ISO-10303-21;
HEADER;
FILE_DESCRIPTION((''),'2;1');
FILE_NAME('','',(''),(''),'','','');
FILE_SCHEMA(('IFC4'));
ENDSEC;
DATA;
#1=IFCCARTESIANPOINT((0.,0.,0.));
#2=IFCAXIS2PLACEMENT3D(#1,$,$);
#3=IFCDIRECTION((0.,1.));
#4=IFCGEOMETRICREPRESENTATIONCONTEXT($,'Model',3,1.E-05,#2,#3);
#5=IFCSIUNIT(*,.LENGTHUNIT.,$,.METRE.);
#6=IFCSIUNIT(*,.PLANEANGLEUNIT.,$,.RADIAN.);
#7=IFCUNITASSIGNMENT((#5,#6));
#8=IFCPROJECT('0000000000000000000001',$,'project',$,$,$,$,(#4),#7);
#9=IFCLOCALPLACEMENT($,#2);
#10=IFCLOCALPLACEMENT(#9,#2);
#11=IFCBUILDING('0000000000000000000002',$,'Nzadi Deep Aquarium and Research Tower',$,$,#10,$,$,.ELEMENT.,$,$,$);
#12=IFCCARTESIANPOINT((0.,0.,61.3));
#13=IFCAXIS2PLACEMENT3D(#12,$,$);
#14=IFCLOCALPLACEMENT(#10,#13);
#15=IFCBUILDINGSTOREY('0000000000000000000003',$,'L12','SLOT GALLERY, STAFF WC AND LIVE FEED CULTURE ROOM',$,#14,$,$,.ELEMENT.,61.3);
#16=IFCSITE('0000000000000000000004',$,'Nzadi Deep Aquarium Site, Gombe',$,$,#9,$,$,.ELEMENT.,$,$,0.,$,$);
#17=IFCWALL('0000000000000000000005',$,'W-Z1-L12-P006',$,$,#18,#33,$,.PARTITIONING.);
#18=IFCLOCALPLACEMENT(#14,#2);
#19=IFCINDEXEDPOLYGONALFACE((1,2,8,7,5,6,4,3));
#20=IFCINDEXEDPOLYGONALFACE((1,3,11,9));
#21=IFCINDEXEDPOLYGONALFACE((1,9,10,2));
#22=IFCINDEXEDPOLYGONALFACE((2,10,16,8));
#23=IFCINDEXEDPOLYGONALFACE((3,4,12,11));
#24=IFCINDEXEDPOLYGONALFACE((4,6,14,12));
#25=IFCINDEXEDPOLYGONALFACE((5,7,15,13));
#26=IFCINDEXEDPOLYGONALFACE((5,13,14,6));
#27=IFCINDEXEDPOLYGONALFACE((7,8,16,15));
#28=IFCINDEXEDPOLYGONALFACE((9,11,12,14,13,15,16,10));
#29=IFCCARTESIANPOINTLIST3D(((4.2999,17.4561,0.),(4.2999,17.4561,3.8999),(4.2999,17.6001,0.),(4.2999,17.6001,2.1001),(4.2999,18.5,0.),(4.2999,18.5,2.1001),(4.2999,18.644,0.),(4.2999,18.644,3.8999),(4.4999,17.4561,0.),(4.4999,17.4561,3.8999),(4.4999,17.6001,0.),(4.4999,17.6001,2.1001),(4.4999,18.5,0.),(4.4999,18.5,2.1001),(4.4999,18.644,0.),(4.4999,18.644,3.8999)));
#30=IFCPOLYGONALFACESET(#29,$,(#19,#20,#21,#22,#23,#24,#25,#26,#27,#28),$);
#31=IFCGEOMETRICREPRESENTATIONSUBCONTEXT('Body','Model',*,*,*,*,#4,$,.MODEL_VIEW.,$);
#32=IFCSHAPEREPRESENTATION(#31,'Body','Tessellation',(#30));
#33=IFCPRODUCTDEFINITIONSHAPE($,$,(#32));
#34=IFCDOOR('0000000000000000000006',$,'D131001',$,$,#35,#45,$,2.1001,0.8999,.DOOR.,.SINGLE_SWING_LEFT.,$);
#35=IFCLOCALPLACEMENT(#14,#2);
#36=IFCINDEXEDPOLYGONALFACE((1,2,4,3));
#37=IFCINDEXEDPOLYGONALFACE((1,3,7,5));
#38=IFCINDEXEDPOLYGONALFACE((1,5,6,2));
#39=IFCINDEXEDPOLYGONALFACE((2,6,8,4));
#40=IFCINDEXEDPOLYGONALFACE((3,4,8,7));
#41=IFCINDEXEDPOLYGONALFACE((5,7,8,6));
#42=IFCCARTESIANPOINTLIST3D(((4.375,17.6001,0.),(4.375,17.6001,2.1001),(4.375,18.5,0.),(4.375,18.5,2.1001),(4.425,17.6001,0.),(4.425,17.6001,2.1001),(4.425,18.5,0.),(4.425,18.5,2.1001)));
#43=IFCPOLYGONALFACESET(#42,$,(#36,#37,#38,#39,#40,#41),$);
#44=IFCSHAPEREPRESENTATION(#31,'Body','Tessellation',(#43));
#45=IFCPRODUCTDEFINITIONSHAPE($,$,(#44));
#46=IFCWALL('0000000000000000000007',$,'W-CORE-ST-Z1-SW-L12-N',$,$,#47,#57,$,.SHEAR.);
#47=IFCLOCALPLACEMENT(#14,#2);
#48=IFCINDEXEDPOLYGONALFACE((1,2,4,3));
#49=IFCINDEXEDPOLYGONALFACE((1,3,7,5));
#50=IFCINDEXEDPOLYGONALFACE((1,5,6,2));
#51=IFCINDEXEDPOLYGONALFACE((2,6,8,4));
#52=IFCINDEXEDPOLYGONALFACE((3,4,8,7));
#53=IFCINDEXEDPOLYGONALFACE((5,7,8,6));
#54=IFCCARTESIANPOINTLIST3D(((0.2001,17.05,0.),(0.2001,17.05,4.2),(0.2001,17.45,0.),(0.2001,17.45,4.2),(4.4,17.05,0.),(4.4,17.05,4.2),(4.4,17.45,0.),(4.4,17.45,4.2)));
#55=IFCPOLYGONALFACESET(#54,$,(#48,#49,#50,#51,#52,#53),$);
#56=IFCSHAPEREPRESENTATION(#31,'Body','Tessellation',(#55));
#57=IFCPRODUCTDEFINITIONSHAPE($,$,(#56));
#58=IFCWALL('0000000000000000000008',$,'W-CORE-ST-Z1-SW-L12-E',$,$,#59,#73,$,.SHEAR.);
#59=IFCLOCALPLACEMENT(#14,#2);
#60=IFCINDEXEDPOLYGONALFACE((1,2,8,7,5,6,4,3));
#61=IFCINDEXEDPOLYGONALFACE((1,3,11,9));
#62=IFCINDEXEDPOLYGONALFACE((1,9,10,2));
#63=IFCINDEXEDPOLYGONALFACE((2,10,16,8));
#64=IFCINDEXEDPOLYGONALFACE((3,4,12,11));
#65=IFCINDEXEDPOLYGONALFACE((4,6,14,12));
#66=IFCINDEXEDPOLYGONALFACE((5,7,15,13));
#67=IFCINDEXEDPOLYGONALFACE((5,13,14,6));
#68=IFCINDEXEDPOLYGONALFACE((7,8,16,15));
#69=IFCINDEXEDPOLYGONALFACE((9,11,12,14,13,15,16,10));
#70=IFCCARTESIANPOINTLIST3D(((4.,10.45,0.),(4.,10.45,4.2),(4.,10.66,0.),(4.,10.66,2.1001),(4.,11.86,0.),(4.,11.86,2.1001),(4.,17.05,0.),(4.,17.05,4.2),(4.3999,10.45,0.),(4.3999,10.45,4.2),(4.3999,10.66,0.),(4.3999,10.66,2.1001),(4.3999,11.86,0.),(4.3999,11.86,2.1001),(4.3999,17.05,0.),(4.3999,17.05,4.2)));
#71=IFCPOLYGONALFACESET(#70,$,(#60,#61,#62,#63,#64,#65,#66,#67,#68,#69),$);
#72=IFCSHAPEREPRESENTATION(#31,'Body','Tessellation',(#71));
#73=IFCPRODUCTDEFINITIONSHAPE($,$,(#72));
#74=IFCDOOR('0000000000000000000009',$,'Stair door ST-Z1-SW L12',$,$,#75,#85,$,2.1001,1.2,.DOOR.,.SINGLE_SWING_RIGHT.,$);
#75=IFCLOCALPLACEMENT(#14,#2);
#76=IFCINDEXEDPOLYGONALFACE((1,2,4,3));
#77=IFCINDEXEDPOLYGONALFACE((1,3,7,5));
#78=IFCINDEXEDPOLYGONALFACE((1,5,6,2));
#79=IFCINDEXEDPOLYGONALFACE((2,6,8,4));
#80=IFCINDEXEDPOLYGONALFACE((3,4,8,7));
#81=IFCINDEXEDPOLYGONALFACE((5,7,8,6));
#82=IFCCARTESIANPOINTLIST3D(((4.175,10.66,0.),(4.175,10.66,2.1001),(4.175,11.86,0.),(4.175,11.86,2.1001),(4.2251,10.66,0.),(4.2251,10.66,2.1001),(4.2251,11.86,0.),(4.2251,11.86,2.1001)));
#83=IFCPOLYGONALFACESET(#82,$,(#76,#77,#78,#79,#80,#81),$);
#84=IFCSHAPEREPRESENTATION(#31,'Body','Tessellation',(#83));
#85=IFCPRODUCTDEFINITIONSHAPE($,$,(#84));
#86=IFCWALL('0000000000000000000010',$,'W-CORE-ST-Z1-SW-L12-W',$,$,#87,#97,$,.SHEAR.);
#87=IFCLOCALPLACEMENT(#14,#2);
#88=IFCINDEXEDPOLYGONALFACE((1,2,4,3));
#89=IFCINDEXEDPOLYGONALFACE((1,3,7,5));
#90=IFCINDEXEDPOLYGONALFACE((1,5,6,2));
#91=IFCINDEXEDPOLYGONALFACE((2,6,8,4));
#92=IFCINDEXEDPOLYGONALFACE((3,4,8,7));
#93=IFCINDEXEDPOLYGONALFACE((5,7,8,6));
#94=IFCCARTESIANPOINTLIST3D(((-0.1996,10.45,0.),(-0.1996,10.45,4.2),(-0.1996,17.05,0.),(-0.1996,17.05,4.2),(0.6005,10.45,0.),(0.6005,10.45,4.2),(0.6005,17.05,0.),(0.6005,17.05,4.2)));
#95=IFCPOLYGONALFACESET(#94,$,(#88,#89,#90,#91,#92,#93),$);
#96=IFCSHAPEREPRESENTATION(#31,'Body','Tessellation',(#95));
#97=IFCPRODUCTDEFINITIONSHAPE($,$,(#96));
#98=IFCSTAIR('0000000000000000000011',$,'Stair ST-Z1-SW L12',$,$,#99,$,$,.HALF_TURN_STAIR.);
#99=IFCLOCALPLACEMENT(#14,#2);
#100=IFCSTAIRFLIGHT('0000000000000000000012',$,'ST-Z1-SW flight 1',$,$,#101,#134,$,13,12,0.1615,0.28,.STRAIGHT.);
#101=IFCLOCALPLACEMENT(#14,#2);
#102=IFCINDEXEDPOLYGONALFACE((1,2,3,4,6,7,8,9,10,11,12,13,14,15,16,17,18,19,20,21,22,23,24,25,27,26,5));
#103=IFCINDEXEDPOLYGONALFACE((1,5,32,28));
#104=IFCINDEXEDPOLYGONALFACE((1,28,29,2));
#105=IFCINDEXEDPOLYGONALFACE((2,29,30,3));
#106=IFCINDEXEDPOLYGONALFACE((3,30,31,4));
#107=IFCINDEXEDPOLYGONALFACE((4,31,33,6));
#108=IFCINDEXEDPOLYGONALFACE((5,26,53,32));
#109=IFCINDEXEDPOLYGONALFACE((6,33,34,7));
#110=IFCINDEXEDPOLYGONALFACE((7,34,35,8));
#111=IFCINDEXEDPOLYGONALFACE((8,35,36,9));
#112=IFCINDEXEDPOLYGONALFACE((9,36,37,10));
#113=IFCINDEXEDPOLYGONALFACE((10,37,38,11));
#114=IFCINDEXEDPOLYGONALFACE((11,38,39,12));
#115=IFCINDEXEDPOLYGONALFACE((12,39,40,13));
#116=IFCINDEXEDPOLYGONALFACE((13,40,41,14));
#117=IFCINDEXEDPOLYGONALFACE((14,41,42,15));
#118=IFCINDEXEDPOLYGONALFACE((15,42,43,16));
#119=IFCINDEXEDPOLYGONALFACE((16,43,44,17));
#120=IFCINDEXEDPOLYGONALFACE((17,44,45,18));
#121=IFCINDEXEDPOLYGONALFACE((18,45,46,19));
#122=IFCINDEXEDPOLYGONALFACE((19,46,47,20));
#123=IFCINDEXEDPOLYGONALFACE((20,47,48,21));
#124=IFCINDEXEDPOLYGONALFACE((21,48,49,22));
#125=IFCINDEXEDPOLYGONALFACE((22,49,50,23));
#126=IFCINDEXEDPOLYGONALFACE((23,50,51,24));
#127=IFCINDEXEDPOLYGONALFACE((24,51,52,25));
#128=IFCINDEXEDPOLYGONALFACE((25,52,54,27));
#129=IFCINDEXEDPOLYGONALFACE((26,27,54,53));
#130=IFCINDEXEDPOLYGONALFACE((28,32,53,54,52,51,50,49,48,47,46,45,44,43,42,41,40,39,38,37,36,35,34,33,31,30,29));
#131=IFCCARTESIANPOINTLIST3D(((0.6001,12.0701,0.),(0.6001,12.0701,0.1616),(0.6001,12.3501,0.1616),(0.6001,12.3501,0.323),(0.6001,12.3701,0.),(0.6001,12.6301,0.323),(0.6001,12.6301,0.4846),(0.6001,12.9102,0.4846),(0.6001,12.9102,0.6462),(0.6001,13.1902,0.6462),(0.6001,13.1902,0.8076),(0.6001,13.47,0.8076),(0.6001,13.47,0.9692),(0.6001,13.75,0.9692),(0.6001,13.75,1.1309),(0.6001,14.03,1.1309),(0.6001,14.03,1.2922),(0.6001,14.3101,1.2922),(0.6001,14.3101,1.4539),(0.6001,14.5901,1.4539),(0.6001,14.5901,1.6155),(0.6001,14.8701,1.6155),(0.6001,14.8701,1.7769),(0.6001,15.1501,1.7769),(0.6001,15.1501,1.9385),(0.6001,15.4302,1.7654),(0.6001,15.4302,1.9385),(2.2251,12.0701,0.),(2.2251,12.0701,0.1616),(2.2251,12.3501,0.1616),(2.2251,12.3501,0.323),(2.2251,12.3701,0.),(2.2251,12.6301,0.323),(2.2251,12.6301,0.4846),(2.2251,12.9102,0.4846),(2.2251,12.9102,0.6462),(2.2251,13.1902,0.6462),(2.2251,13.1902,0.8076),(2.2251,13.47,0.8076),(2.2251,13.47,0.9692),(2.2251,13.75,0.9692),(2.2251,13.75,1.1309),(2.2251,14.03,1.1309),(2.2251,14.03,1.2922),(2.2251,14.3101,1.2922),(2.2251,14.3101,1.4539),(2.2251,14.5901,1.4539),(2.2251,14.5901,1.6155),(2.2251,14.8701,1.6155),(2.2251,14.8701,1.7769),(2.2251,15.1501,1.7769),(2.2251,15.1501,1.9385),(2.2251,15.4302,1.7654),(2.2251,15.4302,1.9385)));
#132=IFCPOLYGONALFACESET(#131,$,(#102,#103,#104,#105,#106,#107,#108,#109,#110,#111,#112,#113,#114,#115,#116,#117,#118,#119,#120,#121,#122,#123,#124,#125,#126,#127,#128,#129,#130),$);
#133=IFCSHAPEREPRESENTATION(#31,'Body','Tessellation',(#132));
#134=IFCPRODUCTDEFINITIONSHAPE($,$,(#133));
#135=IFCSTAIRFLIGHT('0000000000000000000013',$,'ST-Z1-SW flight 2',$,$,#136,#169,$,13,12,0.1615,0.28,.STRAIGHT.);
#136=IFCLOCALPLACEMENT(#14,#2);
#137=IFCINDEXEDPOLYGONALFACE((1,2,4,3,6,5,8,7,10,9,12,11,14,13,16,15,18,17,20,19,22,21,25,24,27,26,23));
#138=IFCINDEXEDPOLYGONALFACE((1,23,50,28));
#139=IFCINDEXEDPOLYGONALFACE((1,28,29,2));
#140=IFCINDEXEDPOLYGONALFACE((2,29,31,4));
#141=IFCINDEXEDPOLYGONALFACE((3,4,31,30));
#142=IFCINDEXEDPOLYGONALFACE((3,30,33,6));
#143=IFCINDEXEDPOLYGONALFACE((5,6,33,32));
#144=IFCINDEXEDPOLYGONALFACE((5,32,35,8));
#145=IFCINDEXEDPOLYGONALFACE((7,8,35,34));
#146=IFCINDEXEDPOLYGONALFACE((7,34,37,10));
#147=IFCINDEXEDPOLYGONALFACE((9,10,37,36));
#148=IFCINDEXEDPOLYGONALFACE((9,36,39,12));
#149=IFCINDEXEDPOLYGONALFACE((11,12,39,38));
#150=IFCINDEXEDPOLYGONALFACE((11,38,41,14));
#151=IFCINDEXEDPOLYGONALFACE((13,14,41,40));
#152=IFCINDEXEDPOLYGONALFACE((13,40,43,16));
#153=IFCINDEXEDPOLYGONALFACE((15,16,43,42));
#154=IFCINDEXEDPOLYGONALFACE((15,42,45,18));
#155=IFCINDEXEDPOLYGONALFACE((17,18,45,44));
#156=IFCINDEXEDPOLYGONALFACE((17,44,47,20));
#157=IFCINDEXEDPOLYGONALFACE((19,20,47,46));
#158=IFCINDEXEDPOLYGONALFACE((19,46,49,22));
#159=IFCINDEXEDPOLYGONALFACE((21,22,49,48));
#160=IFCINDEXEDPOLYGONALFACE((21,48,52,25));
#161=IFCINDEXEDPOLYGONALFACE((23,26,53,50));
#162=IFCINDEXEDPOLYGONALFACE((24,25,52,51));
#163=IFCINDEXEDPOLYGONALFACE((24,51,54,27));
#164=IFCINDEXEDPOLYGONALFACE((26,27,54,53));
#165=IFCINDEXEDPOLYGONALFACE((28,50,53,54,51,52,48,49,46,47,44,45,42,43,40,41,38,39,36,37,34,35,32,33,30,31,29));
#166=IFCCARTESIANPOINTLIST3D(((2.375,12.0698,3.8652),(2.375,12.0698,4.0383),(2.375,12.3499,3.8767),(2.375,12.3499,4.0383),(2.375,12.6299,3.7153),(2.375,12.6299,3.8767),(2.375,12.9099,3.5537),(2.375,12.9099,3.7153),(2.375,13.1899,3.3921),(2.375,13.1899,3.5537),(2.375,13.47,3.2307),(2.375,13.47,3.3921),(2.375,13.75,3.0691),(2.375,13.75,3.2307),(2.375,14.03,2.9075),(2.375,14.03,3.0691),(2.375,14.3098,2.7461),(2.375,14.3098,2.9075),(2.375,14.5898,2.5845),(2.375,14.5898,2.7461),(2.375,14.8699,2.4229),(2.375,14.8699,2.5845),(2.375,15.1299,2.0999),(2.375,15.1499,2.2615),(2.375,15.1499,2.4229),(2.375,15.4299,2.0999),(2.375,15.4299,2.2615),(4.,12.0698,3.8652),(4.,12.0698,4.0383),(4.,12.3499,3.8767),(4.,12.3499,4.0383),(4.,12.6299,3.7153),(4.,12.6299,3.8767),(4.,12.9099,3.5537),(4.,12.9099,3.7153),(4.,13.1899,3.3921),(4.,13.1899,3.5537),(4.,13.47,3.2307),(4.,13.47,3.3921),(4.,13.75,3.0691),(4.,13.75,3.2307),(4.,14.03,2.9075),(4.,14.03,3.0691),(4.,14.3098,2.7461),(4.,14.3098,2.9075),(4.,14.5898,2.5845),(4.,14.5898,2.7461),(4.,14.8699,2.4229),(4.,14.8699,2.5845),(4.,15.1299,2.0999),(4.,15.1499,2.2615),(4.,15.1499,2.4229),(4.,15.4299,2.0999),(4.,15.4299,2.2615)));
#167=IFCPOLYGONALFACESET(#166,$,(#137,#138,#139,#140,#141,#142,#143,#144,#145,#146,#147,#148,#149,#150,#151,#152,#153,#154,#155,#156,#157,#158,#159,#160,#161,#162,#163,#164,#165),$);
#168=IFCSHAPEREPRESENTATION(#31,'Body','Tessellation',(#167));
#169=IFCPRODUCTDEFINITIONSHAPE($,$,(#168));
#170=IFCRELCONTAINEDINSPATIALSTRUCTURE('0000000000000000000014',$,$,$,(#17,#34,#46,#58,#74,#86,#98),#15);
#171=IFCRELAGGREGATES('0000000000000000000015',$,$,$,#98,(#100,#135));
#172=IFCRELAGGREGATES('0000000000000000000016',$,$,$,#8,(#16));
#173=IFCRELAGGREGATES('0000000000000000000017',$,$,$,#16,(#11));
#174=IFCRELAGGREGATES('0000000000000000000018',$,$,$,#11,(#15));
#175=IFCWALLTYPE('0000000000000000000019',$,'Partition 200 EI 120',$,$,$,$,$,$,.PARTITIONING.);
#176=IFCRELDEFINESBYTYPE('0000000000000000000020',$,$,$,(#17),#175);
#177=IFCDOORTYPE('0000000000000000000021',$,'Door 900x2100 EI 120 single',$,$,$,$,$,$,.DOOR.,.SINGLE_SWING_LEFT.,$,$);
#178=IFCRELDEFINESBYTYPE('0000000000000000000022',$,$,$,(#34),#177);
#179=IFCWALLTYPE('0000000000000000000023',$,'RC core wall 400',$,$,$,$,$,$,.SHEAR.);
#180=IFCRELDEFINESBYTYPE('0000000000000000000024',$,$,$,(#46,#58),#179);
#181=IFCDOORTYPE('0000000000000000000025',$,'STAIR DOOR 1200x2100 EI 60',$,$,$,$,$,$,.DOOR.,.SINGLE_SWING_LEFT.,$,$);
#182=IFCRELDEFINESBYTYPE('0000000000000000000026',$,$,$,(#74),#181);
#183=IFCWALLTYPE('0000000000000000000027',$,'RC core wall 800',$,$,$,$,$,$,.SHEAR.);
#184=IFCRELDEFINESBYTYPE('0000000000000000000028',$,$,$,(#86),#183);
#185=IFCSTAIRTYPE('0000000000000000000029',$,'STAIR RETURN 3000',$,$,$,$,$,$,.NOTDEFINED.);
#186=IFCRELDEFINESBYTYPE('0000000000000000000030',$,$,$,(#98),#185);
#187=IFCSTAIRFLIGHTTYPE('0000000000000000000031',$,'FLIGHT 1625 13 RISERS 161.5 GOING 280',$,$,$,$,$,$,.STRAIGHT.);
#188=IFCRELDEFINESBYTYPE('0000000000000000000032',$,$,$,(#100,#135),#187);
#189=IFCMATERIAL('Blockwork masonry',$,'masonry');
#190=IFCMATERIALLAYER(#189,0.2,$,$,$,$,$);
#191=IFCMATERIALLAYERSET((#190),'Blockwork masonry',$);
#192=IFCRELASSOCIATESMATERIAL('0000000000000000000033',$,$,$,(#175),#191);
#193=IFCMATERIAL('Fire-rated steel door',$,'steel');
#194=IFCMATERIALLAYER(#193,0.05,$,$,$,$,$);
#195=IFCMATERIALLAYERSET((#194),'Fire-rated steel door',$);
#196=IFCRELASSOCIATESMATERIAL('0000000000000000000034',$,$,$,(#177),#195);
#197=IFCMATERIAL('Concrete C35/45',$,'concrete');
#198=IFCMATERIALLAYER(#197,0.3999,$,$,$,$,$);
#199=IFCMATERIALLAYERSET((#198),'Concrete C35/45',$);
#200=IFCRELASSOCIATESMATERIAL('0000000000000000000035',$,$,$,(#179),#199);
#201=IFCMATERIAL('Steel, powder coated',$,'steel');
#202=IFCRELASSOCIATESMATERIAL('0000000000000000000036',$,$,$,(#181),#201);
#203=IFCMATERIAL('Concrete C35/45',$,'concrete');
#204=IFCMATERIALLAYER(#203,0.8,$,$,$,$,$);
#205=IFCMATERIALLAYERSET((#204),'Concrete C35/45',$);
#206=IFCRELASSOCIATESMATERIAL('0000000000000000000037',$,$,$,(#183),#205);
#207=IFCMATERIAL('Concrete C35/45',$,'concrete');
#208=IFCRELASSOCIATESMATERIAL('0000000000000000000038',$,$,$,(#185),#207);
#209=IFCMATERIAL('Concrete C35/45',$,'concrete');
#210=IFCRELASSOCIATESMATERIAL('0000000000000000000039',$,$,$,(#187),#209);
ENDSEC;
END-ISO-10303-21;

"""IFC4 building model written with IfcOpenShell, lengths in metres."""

from ifc_helpers import new_model, si_unit, direction, frame, frame_2d, origin, place, context, subcontext, project, spatial, polyline, rectangle, outline, extrude, material, layer, layer_set, type_object, element, fill, aggregate, save


model = new_model("IFC4")

# Units and contexts
model_context = context("Model", 3, precision=1e-05, world=origin(), true_north=direction((0.0, 1.0)))
body_context = subcontext(model_context, "Body", "Model", "MODEL_VIEW")
ifc_project = project(units=[si_unit("LENGTHUNIT", "METRE"), si_unit("PLANEANGLEUNIT", "RADIAN")], contexts=[model_context])

# Site, building, storey
site_placement = place(None, origin())
site = spatial("IfcSite", under=ifc_project, at=site_placement, Name="Nzadi Deep Aquarium Site, Gombe", CompositionType="ELEMENT", RefElevation=0.0)
building_placement = place(site_placement, origin())
building = spatial("IfcBuilding", under=site, at=building_placement, Name="Nzadi Deep Aquarium and Research Tower", CompositionType="ELEMENT")
storey_placement = place(building_placement, frame((0.0, 0.0, 61.3)))
storey = spatial("IfcBuildingStorey", under=building, at=storey_placement, Name="L12", Description="SLOT GALLERY, STAFF WC AND LIVE FEED CULTURE ROOM", CompositionType="ELEMENT", Elevation=61.3)

# Wall, opening, door
ifc_material_1 = material(Name="Blockwork masonry", Category="masonry")
ifc_layer_1 = layer(ifc_material_1, 0.2)
ifc_layer_set_1 = layer_set([ifc_layer_1], Name="Blockwork masonry")
wall_type_1 = type_object("IfcWallType", Name="Partition 200 EI 120", PredefinedType="PARTITIONING", material=ifc_layer_set_1)
wall_1_placement = place(storey_placement, frame((4.3999, 17.4561, 0.0), z_axis=(0.0, 0.0, 1.0), x_axis=(0.0, 1.0, 0.0)))
wall_1 = element("IfcWall", 1, at=wall_1_placement, inside=storey, type_object=wall_type_1, Name="W-Z1-L12-P006", PredefinedType="PARTITIONING", context=body_context, shape_type="SweptSolid", body=[
    extrude(rectangle(XDim=1.188, YDim=0.2, at=frame_2d((0.594, 0.0))), origin(), (0.0, 0.0, 1.0), 3.8999),
])
opening_1_placement = place(wall_1_placement, frame((0.144, 0.0, 0.0)))
opening_1 = element("IfcOpeningElement", 2, at=opening_1_placement, cuts=wall_1, PredefinedType="OPENING", context=body_context, shape_type="SweptSolid", body=[
    extrude(rectangle(XDim=0.8999, YDim=2.1001, at=frame_2d((0.45, 1.05))), frame((0.0, 0.1101, 0.0), z_axis=(0.0, -1.0, 0.0), x_axis=(1.0, 0.0, 0.0)), (0.0, 0.0, 1.0), 0.2202),
])
ifc_material_2 = material(Name="Fire-rated steel door", Category="steel")
ifc_layer_2 = layer(ifc_material_2, 0.05)
ifc_layer_set_2 = layer_set([ifc_layer_2], Name="Fire-rated steel door")
door_type_1 = type_object("IfcDoorType", Name="Door 900x2100 EI 120 single", OperationType="SINGLE_SWING_LEFT", PredefinedType="DOOR", material=ifc_layer_set_2)
door_1_placement = place(opening_1_placement, origin())
door_1 = element("IfcDoor", 3, at=door_1_placement, inside=storey, type_object=door_type_1, Name="D131001", OperationType="SINGLE_SWING_LEFT", OverallHeight=2.1001, OverallWidth=0.8999, PredefinedType="DOOR", context=body_context, shape_type="SweptSolid", body=[
    extrude(rectangle(XDim=0.8999, YDim=2.1001, at=frame_2d((0.45, 1.05))), frame((0.0, 0.0249, 0.0), z_axis=(0.0, -1.0, 0.0), x_axis=(1.0, 0.0, 0.0)), (0.0, 0.0, 1.0), 0.05),
])
fill(opening_1, door_1)

# Wall
ifc_material_3 = material(Name="Concrete C35/45", Category="concrete")
ifc_layer_3 = layer(ifc_material_3, 0.3999)
ifc_layer_set_3 = layer_set([ifc_layer_3], Name="Concrete C35/45")
wall_type_2 = type_object("IfcWallType", Name="RC core wall 400", PredefinedType="SHEAR", material=ifc_layer_set_3)
wall_2_placement = place(storey_placement, frame((0.2, 17.25, 0.0), z_axis=(0.0, 0.0, 1.0), x_axis=(1.0, 0.0, 0.0)))
element("IfcWall", 4, at=wall_2_placement, inside=storey, type_object=wall_type_2, Name="W-CORE-ST-Z1-SW-L12-N", PredefinedType="SHEAR", context=body_context, shape_type="SweptSolid", body=[
    extrude(rectangle(XDim=4.2, YDim=0.3999, at=frame_2d((2.1001, 0.0))), origin(), (0.0, 0.0, 1.0), 4.2),
])

# Wall, opening, door
wall_3_placement = place(storey_placement, frame((4.2, 10.45, 0.0), z_axis=(0.0, 0.0, 1.0), x_axis=(0.0, 1.0, 0.0)))
wall_3 = element("IfcWall", 5, at=wall_3_placement, inside=storey, type_object=wall_type_2, Name="W-CORE-ST-Z1-SW-L12-E", PredefinedType="SHEAR", context=body_context, shape_type="SweptSolid", body=[
    extrude(rectangle(XDim=6.6001, YDim=0.3999, at=frame_2d((3.3, 0.0))), origin(), (0.0, 0.0, 1.0), 4.2),
])
opening_2_placement = place(wall_3_placement, frame((0.21, 0.0, 0.0)))
opening_2 = element("IfcOpeningElement", 6, at=opening_2_placement, cuts=wall_3, PredefinedType="OPENING", context=body_context, shape_type="SweptSolid", body=[
    extrude(rectangle(XDim=1.2, YDim=2.1001, at=frame_2d((0.6001, 1.05))), frame((0.0, 0.21, 0.0), z_axis=(0.0, -1.0, 0.0), x_axis=(1.0, 0.0, 0.0)), (0.0, 0.0, 1.0), 0.4199),
])
ifc_material_4 = material(Name="Steel, powder coated", Category="steel")
door_type_2 = type_object("IfcDoorType", Name="STAIR DOOR 1200x2100 EI 60", OperationType="SINGLE_SWING_LEFT", PredefinedType="DOOR", material=ifc_material_4)
door_2_placement = place(opening_2_placement, origin())
door_2 = element("IfcDoor", 7, at=door_2_placement, inside=storey, type_object=door_type_2, Name="Stair door ST-Z1-SW L12", OperationType="SINGLE_SWING_RIGHT", OverallHeight=2.1001, OverallWidth=1.2, PredefinedType="DOOR", context=body_context, shape_type="SweptSolid", body=[
    extrude(rectangle(XDim=1.2, YDim=2.1001, at=frame_2d((0.6001, 1.05))), frame((0.0, 0.0249, 0.0), z_axis=(0.0, -1.0, 0.0), x_axis=(1.0, 0.0, 0.0)), (0.0, 0.0, 1.0), 0.05),
])
fill(opening_2, door_2)

# Wall
ifc_material_5 = material(Name="Concrete C35/45", Category="concrete")
ifc_layer_4 = layer(ifc_material_5, 0.8)
ifc_layer_set_4 = layer_set([ifc_layer_4], Name="Concrete C35/45")
wall_type_3 = type_object("IfcWallType", Name="RC core wall 800", PredefinedType="SHEAR", material=ifc_layer_set_4)
wall_4_placement = place(storey_placement, frame((0.2004, 10.45, 0.0), z_axis=(0.0, 0.0, 1.0), x_axis=(0.0, 1.0, 0.0)))
element("IfcWall", 8, at=wall_4_placement, inside=storey, type_object=wall_type_3, Name="W-CORE-ST-Z1-SW-L12-W", PredefinedType="SHEAR", context=body_context, shape_type="SweptSolid", body=[
    extrude(rectangle(XDim=6.6001, YDim=0.8, at=frame_2d((3.3, 0.0))), origin(), (0.0, 0.0, 1.0), 4.2),
])

# Stair, stair flights
ifc_material_6 = material(Name="Concrete C35/45", Category="concrete")
stair_type = type_object("IfcStairType", Name="STAIR RETURN 3000", PredefinedType="NOTDEFINED", material=ifc_material_6)
stair_placement = place(storey_placement, origin())
stair = element("IfcStair", 9, at=stair_placement, inside=storey, type_object=stair_type, Name="Stair ST-Z1-SW L12", PredefinedType="HALF_TURN_STAIR")
ifc_material_7 = material(Name="Concrete C35/45", Category="concrete")
stair_flight_type = type_object("IfcStairFlightType", Name="FLIGHT 1625 13 RISERS 161.5 GOING 280", PredefinedType="STRAIGHT", material=ifc_material_7)
stair_flight_1_placement = place(storey_placement, frame((1.4126, 12.0701, 0.0), z_axis=(0.0, 0.0, 1.0), x_axis=(0.0, 1.0, 0.0)))
stair_flight_1 = element("IfcStairFlight", 10, at=stair_flight_1_placement, type_object=stair_flight_type, Name="ST-Z1-SW flight 1", NumberOfRisers=13, NumberOfTreads=12, PredefinedType="STRAIGHT", RiserHeight=0.1615, TreadLength=0.28, context=body_context, shape_type="SweptSolid", body=[
    extrude(outline(polyline([(0.0, 0.0), (0.0, 0.1616), (0.28, 0.1616), (0.28, 0.323), (0.5601, 0.323), (0.5601, 0.4846), (0.8401, 0.4846), (0.8401, 0.6462), (1.1201, 0.6462), (1.1201, 0.8076), (1.3999, 0.8076), (1.3999, 0.9692), (1.6799, 0.9692), (1.6799, 1.1309), (1.96, 1.1309), (1.96, 1.2922), (2.24, 1.2922), (2.24, 1.4539), (2.52, 1.4539), (2.52, 1.6155), (2.8, 1.6155), (2.8, 1.7769), (3.0801, 1.7769), (3.0801, 1.9385), (3.3601, 1.9385), (3.3601, 2.1001), (3.3601, 1.7654), (0.3, 0.0), (0.0, 0.0)])), frame((0.0, 0.8125, 0.0), z_axis=(0.0, -1.0, 0.0), x_axis=(1.0, 0.0, 0.0)), (0.0, 0.0, 1.0), 1.625),
])
stair_flight_2_placement = place(storey_placement, frame((3.1875, 15.4299, 2.0999), z_axis=(0.0, 0.0, 1.0), x_axis=(0.0, -1.0, 0.0)))
stair_flight_2 = element("IfcStairFlight", 11, at=stair_flight_2_placement, type_object=stair_flight_type, Name="ST-Z1-SW flight 2", NumberOfRisers=13, NumberOfTreads=12, PredefinedType="STRAIGHT", RiserHeight=0.1615, TreadLength=0.28, context=body_context, shape_type="SweptSolid", body=[
    extrude(outline(polyline([(0.0, 0.0), (0.0, 0.1616), (0.28, 0.1616), (0.28, 0.323), (0.5601, 0.323), (0.5601, 0.4846), (0.8401, 0.4846), (0.8401, 0.6462), (1.1201, 0.6462), (1.1201, 0.8076), (1.3999, 0.8076), (1.3999, 0.9692), (1.6799, 0.9692), (1.6799, 1.1309), (1.96, 1.1309), (1.96, 1.2922), (2.24, 1.2922), (2.24, 1.4539), (2.52, 1.4539), (2.52, 1.6155), (2.8, 1.6155), (2.8, 1.7769), (3.0801, 1.7769), (3.0801, 1.9385), (3.3601, 1.9385), (3.3601, 2.1001), (3.3601, 1.7654), (0.3, 0.0), (0.0, 0.0)])), frame((0.0, 0.8125, 0.0), z_axis=(0.0, -1.0, 0.0), x_axis=(1.0, 0.0, 0.0)), (0.0, 0.0, 1.0), 1.625),
])
aggregate(stair, [stair_flight_1, stair_flight_2])

save(model, "model.ifc")
